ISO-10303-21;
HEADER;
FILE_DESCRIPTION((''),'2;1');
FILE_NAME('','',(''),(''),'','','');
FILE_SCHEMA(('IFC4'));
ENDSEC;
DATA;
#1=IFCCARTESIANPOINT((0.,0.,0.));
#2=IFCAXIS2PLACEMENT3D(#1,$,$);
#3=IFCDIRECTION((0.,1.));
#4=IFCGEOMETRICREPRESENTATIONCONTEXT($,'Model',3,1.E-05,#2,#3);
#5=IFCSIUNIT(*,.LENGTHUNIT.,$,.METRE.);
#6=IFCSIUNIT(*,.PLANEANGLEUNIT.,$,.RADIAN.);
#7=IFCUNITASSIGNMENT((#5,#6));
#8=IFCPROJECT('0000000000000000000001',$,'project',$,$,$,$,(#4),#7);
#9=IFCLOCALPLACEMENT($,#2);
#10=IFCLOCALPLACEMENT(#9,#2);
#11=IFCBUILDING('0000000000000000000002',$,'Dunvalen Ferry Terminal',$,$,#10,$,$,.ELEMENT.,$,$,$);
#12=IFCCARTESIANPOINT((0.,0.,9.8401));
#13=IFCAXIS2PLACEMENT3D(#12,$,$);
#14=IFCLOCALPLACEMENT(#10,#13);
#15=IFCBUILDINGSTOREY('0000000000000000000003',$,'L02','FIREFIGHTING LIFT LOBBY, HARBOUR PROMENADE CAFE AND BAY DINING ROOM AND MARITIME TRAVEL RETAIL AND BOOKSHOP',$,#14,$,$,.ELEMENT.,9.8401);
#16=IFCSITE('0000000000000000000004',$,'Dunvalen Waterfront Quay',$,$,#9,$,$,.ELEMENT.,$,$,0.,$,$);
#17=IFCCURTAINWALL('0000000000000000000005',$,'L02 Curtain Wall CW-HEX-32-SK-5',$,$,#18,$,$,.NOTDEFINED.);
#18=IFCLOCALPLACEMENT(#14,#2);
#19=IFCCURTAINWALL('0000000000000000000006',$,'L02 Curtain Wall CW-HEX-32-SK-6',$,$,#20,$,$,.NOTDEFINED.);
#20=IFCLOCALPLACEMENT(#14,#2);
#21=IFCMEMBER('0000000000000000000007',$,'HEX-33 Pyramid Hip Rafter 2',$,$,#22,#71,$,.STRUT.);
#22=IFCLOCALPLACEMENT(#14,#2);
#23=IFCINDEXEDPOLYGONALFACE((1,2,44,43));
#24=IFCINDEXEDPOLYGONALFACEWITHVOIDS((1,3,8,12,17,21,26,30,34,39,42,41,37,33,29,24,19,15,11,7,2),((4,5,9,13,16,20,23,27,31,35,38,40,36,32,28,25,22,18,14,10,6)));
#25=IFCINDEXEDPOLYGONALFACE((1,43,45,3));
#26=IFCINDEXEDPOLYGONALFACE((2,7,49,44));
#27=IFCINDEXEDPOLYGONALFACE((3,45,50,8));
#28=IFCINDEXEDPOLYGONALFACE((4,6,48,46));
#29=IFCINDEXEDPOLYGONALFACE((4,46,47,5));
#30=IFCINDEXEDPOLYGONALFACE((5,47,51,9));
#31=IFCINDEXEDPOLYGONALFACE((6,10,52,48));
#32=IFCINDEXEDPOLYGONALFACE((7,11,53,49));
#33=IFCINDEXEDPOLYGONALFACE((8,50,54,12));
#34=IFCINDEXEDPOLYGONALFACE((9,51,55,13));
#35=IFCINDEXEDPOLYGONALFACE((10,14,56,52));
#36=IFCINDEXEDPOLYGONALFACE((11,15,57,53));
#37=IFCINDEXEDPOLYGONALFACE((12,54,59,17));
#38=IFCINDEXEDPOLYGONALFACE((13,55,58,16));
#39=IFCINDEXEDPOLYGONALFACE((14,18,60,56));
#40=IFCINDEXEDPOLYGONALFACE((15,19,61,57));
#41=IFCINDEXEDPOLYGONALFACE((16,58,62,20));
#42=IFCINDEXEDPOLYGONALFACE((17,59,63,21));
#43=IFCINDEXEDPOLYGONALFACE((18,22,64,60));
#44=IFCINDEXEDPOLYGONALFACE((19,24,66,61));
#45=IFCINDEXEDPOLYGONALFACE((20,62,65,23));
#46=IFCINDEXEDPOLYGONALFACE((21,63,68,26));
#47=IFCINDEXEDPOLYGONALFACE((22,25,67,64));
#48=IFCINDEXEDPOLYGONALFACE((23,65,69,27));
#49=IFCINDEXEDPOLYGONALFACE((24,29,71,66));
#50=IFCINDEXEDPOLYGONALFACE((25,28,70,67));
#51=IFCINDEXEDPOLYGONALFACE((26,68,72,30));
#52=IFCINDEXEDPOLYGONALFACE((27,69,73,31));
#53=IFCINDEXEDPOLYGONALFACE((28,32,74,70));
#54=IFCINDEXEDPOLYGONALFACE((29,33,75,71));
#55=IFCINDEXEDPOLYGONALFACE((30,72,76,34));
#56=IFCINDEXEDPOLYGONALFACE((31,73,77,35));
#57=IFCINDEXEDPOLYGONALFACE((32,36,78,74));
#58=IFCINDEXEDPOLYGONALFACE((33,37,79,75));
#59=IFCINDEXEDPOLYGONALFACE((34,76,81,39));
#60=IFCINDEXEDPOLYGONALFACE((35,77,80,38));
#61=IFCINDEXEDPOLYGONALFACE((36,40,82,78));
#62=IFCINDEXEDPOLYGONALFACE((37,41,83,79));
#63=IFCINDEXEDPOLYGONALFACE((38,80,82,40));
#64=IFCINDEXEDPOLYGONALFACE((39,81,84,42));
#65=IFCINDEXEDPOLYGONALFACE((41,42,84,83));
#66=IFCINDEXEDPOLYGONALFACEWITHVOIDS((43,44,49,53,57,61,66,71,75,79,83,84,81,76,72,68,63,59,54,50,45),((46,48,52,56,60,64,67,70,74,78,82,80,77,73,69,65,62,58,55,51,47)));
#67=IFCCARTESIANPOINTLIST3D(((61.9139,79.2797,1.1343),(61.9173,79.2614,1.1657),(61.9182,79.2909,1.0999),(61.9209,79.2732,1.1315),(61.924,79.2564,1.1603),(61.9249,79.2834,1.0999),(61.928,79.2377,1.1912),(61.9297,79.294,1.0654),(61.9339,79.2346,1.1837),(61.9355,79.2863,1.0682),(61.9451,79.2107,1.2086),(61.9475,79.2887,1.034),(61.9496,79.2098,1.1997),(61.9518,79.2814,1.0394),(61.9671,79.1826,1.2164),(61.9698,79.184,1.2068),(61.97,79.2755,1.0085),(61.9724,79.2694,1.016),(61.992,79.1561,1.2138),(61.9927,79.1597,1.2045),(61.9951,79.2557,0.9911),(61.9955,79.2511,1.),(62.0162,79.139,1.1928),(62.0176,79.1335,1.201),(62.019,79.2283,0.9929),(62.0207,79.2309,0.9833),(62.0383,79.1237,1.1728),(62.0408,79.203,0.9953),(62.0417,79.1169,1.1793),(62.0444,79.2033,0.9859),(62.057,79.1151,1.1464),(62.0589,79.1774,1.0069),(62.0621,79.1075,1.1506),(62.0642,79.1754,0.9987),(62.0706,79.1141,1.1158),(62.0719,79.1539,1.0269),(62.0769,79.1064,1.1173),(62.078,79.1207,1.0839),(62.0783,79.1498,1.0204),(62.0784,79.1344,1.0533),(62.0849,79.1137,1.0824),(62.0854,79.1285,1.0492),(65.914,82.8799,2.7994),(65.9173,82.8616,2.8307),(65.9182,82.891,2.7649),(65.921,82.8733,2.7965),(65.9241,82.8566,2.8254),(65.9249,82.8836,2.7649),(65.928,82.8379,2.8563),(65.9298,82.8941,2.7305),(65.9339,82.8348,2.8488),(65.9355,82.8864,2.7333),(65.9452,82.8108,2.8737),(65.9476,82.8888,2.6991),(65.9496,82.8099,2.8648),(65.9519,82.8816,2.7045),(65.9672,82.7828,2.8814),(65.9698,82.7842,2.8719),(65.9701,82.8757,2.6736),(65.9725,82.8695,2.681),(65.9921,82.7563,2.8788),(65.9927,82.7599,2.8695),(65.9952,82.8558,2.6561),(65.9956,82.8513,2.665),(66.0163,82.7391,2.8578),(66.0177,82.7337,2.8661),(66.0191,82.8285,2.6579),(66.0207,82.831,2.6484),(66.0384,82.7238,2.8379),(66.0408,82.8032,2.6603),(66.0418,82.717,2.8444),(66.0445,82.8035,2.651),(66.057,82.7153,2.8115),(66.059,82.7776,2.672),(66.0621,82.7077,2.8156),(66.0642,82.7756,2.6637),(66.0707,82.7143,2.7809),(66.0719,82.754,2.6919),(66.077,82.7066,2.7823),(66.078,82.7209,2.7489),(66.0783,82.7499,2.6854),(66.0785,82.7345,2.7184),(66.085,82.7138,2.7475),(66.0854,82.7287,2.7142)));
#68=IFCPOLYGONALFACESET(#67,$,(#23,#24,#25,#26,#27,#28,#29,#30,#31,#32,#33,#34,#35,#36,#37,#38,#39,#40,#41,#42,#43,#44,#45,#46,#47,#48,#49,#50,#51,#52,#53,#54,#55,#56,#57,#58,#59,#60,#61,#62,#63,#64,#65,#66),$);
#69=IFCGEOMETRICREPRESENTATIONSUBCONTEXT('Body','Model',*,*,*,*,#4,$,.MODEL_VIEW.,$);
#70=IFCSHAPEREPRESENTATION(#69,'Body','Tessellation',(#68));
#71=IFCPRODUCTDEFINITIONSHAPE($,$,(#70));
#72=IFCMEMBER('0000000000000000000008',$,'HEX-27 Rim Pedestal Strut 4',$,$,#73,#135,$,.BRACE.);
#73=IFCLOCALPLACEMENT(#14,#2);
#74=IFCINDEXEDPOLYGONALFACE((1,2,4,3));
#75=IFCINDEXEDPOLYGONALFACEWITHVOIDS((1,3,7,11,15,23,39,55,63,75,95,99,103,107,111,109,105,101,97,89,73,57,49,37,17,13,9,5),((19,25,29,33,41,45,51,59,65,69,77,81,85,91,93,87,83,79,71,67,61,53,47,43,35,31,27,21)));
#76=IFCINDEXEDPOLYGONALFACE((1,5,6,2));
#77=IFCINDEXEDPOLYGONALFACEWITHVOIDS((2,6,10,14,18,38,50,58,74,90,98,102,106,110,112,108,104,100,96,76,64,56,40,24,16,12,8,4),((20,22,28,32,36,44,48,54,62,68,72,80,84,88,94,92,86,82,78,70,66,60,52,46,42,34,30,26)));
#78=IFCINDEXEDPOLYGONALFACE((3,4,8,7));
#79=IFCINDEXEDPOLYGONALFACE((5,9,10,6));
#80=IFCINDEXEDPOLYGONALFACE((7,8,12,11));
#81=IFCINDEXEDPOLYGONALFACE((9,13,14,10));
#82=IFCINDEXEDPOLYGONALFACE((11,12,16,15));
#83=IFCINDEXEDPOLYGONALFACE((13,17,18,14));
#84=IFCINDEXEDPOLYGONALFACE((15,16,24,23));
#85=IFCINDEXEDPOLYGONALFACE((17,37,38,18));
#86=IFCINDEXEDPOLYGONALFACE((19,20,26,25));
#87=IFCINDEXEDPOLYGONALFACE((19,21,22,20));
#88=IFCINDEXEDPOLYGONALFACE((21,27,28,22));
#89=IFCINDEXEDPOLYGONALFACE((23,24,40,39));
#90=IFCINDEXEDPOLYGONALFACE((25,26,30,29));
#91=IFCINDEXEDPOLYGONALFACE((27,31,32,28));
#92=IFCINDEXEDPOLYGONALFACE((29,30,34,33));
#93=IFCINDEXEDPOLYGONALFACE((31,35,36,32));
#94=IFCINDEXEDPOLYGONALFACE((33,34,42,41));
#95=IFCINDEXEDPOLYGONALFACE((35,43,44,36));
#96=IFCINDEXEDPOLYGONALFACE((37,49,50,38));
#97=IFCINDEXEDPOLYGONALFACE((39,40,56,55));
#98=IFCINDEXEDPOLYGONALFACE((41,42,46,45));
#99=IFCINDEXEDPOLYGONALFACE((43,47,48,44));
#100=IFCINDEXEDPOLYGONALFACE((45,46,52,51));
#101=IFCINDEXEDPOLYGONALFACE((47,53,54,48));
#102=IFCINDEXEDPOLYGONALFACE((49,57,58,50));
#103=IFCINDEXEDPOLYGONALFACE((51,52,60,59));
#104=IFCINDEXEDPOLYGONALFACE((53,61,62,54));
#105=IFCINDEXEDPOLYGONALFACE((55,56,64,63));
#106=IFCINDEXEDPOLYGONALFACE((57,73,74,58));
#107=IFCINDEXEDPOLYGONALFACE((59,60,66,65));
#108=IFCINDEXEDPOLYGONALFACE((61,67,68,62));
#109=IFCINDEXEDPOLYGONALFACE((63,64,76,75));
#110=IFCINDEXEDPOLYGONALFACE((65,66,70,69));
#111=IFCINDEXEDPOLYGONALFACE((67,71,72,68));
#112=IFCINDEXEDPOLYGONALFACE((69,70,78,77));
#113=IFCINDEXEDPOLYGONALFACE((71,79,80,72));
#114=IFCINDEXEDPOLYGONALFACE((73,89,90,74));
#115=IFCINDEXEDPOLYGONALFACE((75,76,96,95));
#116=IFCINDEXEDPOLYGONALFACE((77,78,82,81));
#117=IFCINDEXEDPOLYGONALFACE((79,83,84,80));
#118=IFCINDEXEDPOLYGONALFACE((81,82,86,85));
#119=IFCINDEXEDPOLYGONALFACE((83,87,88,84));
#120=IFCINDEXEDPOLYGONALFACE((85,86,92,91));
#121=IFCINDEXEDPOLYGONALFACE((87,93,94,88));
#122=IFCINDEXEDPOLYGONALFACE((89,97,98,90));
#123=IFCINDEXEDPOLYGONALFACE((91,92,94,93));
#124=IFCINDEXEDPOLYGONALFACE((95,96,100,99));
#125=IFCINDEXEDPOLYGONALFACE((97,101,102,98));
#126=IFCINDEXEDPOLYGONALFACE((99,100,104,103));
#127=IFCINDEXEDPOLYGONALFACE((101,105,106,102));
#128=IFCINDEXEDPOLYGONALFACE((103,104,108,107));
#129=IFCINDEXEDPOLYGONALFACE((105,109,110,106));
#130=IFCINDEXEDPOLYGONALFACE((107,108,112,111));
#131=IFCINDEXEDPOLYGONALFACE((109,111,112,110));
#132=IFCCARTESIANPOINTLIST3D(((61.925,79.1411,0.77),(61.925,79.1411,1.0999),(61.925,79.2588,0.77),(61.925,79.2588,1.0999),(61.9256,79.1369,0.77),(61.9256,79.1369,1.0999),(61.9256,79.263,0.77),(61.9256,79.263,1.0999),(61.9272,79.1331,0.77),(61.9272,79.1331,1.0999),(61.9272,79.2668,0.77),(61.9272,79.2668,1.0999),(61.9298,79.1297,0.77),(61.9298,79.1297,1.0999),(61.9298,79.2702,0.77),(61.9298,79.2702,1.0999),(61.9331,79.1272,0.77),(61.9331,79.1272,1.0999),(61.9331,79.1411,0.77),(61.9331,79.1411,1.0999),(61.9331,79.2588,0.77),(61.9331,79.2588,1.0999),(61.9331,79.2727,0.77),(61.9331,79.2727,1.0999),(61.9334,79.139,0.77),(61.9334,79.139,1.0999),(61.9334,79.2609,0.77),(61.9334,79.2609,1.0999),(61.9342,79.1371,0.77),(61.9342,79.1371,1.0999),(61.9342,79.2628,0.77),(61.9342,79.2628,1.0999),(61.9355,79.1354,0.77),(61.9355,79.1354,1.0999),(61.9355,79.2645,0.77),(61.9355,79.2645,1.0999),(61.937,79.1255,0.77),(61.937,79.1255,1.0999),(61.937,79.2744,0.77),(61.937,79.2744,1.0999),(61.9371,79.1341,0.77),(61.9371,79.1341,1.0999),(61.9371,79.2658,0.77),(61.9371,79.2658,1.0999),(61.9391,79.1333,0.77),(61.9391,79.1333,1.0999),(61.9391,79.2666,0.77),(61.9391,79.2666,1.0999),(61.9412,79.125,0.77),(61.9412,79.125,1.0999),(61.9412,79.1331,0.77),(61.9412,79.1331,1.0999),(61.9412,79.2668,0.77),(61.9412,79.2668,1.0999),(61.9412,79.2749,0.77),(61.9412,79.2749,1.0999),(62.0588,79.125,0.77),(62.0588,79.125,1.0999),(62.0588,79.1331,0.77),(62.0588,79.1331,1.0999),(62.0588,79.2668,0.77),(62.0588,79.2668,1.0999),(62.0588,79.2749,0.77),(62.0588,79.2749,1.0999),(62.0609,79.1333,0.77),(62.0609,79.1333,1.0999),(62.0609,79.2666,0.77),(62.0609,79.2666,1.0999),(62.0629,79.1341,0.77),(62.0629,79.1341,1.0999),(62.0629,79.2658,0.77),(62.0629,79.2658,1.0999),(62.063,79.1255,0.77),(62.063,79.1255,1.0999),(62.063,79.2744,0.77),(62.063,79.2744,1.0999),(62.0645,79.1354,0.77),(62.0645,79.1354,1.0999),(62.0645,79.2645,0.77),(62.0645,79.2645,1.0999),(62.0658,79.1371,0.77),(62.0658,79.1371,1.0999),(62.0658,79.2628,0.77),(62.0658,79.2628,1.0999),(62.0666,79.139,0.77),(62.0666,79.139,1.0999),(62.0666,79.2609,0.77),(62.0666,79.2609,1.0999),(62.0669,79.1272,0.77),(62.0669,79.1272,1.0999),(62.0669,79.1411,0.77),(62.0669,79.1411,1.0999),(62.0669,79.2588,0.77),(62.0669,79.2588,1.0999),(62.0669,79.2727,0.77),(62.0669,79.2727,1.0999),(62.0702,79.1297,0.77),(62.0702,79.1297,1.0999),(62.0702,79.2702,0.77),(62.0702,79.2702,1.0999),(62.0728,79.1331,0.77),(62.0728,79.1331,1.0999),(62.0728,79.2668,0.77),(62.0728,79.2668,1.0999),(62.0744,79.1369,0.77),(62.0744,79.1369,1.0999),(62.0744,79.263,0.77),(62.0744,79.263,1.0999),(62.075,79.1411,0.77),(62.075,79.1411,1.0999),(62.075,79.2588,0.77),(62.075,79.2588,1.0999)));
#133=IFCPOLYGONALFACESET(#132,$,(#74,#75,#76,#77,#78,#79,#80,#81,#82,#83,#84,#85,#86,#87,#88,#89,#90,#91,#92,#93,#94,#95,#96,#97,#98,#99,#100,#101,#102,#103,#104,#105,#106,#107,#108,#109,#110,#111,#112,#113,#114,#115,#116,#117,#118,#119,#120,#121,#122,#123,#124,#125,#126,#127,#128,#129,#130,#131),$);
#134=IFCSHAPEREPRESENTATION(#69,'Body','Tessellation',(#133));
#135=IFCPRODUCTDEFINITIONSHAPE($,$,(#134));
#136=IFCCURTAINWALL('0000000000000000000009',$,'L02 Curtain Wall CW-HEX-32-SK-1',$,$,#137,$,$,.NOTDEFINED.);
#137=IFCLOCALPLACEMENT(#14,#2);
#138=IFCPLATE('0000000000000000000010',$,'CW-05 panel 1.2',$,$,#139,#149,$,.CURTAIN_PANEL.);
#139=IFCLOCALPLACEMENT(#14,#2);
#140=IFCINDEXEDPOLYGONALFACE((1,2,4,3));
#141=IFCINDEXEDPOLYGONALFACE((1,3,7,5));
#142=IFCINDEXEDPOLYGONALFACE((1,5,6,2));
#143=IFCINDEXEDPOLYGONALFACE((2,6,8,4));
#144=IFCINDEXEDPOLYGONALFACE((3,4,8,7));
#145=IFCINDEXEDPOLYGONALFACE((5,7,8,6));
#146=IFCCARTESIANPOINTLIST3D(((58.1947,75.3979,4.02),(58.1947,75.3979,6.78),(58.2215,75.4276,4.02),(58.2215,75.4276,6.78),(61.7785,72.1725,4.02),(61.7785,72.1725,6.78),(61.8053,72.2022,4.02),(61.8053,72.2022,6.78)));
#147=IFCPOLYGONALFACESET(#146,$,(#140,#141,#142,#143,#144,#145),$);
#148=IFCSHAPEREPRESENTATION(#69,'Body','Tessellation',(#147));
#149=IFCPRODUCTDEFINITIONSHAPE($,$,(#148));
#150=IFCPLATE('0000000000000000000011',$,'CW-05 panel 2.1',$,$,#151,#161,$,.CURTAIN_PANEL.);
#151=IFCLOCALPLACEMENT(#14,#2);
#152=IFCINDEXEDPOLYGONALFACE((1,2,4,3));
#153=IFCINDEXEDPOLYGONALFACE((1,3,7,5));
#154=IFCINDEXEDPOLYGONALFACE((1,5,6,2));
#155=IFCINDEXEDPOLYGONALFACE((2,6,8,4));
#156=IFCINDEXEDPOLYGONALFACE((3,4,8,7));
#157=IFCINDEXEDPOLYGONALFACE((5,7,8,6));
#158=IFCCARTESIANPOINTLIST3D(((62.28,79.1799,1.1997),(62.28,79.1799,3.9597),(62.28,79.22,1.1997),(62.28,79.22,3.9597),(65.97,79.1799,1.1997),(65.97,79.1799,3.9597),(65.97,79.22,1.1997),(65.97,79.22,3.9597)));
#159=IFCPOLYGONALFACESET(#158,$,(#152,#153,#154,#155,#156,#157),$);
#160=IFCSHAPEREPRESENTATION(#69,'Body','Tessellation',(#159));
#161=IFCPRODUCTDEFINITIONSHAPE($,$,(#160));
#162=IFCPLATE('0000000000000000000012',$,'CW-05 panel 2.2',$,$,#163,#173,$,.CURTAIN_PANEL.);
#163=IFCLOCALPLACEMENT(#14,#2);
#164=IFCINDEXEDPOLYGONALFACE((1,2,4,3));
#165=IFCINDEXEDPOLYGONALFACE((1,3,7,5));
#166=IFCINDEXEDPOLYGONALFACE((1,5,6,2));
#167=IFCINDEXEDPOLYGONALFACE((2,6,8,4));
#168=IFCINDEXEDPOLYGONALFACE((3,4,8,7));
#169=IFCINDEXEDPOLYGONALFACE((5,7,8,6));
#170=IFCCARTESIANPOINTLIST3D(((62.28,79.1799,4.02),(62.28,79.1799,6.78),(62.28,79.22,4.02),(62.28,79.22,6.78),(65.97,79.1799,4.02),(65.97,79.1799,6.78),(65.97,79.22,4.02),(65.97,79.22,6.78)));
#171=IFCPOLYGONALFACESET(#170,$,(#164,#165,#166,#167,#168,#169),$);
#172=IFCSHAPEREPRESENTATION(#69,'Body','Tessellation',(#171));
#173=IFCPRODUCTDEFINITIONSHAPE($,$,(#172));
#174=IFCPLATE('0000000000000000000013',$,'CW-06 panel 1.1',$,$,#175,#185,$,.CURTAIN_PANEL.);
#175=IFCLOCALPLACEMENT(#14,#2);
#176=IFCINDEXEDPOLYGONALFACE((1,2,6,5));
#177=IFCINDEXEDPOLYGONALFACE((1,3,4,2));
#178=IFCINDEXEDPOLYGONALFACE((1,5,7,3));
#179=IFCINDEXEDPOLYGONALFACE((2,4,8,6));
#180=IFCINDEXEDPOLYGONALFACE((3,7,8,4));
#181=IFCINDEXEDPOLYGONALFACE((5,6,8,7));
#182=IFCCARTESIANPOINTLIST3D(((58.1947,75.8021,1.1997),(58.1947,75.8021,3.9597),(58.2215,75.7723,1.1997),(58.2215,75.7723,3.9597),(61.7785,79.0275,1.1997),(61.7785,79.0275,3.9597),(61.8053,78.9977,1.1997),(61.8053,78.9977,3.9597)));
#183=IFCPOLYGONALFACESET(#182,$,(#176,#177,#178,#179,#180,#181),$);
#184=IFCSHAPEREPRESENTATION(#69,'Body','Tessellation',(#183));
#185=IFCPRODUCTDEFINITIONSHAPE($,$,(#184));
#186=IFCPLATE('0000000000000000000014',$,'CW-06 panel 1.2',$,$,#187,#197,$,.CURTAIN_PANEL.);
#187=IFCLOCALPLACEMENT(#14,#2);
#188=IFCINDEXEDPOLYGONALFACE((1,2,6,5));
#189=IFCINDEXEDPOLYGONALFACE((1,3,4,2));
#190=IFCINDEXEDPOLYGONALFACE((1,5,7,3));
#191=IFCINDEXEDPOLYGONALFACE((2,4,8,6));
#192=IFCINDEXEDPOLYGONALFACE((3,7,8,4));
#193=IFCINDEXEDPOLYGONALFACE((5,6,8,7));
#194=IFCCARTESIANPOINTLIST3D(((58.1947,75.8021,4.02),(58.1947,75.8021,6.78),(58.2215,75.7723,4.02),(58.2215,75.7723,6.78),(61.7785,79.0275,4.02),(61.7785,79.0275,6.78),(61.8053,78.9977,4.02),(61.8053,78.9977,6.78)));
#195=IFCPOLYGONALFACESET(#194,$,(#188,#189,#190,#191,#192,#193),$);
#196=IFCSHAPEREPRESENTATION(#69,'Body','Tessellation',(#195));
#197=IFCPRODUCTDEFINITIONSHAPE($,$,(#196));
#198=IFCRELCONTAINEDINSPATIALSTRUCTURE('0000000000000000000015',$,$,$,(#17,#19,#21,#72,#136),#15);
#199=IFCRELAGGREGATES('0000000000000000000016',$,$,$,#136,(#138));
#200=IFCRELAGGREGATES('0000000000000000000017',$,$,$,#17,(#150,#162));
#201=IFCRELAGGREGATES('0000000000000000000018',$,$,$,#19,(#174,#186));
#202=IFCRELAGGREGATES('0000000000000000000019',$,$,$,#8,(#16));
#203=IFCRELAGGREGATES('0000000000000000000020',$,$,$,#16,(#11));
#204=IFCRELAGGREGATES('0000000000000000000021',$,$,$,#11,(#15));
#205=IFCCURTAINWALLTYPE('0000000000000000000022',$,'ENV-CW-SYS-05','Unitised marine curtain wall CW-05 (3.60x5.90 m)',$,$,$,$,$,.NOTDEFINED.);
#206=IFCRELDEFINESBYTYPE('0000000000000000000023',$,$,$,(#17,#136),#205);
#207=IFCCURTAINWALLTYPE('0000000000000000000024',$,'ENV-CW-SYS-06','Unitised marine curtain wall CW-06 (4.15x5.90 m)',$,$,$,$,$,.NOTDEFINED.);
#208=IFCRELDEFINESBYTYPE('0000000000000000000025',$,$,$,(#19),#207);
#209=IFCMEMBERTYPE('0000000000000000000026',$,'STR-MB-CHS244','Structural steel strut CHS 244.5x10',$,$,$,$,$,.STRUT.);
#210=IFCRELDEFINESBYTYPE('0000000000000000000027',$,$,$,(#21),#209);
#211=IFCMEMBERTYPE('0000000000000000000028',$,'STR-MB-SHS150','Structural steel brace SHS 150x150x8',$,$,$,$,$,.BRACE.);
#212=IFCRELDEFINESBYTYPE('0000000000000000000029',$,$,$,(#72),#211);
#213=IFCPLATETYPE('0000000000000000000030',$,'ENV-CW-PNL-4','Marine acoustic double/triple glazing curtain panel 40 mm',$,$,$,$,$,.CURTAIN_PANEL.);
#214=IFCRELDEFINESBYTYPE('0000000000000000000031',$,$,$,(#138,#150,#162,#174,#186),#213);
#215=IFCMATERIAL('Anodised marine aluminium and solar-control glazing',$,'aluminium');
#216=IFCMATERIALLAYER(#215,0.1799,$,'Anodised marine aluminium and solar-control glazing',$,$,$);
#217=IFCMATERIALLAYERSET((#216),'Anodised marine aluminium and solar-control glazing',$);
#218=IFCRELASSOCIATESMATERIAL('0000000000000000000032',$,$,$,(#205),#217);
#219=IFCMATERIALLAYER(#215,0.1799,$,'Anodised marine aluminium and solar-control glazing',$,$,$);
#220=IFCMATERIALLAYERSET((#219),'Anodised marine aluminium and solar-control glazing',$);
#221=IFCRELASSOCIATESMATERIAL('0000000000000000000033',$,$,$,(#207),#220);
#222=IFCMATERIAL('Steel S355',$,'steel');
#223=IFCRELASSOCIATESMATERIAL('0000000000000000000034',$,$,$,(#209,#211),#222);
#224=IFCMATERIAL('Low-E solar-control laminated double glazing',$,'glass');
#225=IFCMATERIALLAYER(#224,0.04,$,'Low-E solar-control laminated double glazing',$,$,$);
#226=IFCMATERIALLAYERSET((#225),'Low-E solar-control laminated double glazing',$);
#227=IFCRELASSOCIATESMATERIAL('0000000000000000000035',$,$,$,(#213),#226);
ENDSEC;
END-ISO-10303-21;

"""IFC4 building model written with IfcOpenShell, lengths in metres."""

from ifc_helpers import new_model, si_unit, direction, frame, origin, origin_2d, place, context, subcontext, project, spatial, rectangle, hollow_rectangle, hollow_circle, extrude, material, layer, layer_set, material_profile, profile_set, type_object, element, aggregate, save


model = new_model("IFC4")

# Units and contexts
model_context = context("Model", 3, precision=1e-05, world=origin(), true_north=direction((0.0, 1.0)))
body_context = subcontext(model_context, "Body", "Model", "MODEL_VIEW")
ifc_project = project(units=[si_unit("LENGTHUNIT", "METRE"), si_unit("PLANEANGLEUNIT", "RADIAN")], contexts=[model_context])

# Site, building, storey
site_placement = place(None, origin())
site = spatial("IfcSite", under=ifc_project, at=site_placement, Name="Dunvalen Waterfront Quay", CompositionType="ELEMENT", RefElevation=0.0)
building_placement = place(site_placement, origin())
building = spatial("IfcBuilding", under=site, at=building_placement, Name="Dunvalen Ferry Terminal", CompositionType="ELEMENT")
storey_placement = place(building_placement, frame((0.0, 0.0, 9.8401)))
storey = spatial("IfcBuildingStorey", under=building, at=storey_placement, Name="L02", Description="FIREFIGHTING LIFT LOBBY, HARBOUR PROMENADE CAFE AND BAY DINING ROOM AND MARITIME TRAVEL RETAIL AND BOOKSHOP", CompositionType="ELEMENT", Elevation=9.8401)

# Curtain wall
ifc_material_1 = material(Name="Anodised marine aluminium and solar-control glazing", Category="aluminium")
ifc_layer_1 = layer(ifc_material_1, 0.1799, Name="Anodised marine aluminium and solar-control glazing")
ifc_layer_set_1 = layer_set([ifc_layer_1], Name="Anodised marine aluminium and solar-control glazing")
curtain_wall_type_1 = type_object("IfcCurtainWallType", Name="ENV-CW-SYS-05", Description="Unitised marine curtain wall CW-05 (3.60x5.90 m)", PredefinedType="NOTDEFINED", material=ifc_layer_set_1)
curtain_wall_1_placement = place(storey_placement, origin())
curtain_wall_1 = element("IfcCurtainWall", 1, at=curtain_wall_1_placement, inside=storey, type_object=curtain_wall_type_1, Name="L02 Curtain Wall CW-HEX-32-SK-5", PredefinedType="NOTDEFINED")

# Curtain wall
ifc_layer_2 = layer(ifc_material_1, 0.1799, Name="Anodised marine aluminium and solar-control glazing")
ifc_layer_set_2 = layer_set([ifc_layer_2], Name="Anodised marine aluminium and solar-control glazing")
curtain_wall_type_2 = type_object("IfcCurtainWallType", Name="ENV-CW-SYS-06", Description="Unitised marine curtain wall CW-06 (4.15x5.90 m)", PredefinedType="NOTDEFINED", material=ifc_layer_set_2)
curtain_wall_2_placement = place(storey_placement, origin())
curtain_wall_2 = element("IfcCurtainWall", 2, at=curtain_wall_2_placement, inside=storey, type_object=curtain_wall_type_2, Name="L02 Curtain Wall CW-HEX-32-SK-6", PredefinedType="NOTDEFINED")

# Shared definitions
ifc_material_2 = material(Name="Steel S355", Category="steel")

# Members
ifc_material_profile_1 = material_profile(ifc_material_2, hollow_circle(Radius=0.1223, WallThickness=0.01, at=origin_2d()), Name="Steel S355")
ifc_profile_set_1 = profile_set([ifc_material_profile_1], Name="Steel S355")
member_type_1 = type_object("IfcMemberType", Name="STR-MB-CHS244", Description="Structural steel strut CHS 244.5x10", PredefinedType="STRUT", material=ifc_profile_set_1)
member_1_placement = place(storey_placement, frame((62.0, 79.2, 1.0999), z_axis=(0.710075, 0.639085, 0.295576), x_axis=(-0.668975, 0.743285, 0.0)))
element("IfcMember", 3, at=member_1_placement, inside=storey, type_object=member_type_1, Name="HEX-33 Pyramid Hip Rafter 2", PredefinedType="STRUT", context=body_context, shape_type="SweptSolid", body=[
    extrude(hollow_circle(Radius=0.1223, WallThickness=0.01, at=origin_2d()), origin(), (0.0, 0.0, 1.0), 5.6333),
])
ifc_material_profile_2 = material_profile(ifc_material_2, hollow_rectangle(XDim=0.1499, YDim=0.1499, WallThickness=0.0081, InnerFilletRadius=0.0081, OuterFilletRadius=0.0161, at=origin_2d()), Name="Steel S355")
ifc_profile_set_2 = profile_set([ifc_material_profile_2], Name="Steel S355")
member_type_2 = type_object("IfcMemberType", Name="STR-MB-SHS150", Description="Structural steel brace SHS 150x150x8", PredefinedType="BRACE", material=ifc_profile_set_2)
member_2_placement = place(storey_placement, frame((62.0, 79.2, 0.77), z_axis=(0.0, 0.0, 1.0), x_axis=(1.0, 0.0, 0.0)))
element("IfcMember", 4, at=member_2_placement, inside=storey, type_object=member_type_2, Name="HEX-27 Rim Pedestal Strut 4", PredefinedType="BRACE", context=body_context, shape_type="SweptSolid", body=[
    extrude(hollow_rectangle(XDim=0.1499, YDim=0.1499, WallThickness=0.0081, InnerFilletRadius=0.0081, OuterFilletRadius=0.0161, at=origin_2d()), origin(), (0.0, 0.0, 1.0), 0.3298),
])

# Curtain wall, plate
curtain_wall_3_placement = place(storey_placement, origin())
curtain_wall_3 = element("IfcCurtainWall", 5, at=curtain_wall_3_placement, inside=storey, type_object=curtain_wall_type_1, Name="L02 Curtain Wall CW-HEX-32-SK-1", PredefinedType="NOTDEFINED")
ifc_material_3 = material(Name="Low-E solar-control laminated double glazing", Category="glass")
ifc_layer_3 = layer(ifc_material_3, 0.04, Name="Low-E solar-control laminated double glazing")
ifc_layer_set_3 = layer_set([ifc_layer_3], Name="Low-E solar-control laminated double glazing")
plate_type_1 = type_object("IfcPlateType", Name="ENV-CW-PNL-4", Description="Marine acoustic double/triple glazing curtain panel 40 mm", PredefinedType="CURTAIN_PANEL", material=ifc_layer_set_3)
plate_1_placement = place(storey_placement, frame((60.0, 73.8, 4.02), z_axis=(0.0, 0.0, 1.0), x_axis=(0.743304, -0.668954, 0.0)))
plate_1 = element("IfcPlate", 6, at=plate_1_placement, type_object=plate_type_1, Name="CW-05 panel 1.2", PredefinedType="CURTAIN_PANEL", context=body_context, shape_type="SweptSolid", body=[
    extrude(rectangle(XDim=4.8215, YDim=0.04, at=origin_2d()), origin(), (0.0, 0.0, 1.0), 2.76),
])
aggregate(curtain_wall_3, [plate_1])

# Plates
plate_2_placement = place(storey_placement, frame((64.125, 79.2, 1.1997), z_axis=(0.0, 0.0, 1.0), x_axis=(-1.0, 0.0, 0.0)))
plate_2 = element("IfcPlate", 7, at=plate_2_placement, type_object=plate_type_1, Name="CW-05 panel 2.1", PredefinedType="CURTAIN_PANEL", context=body_context, shape_type="SweptSolid", body=[
    extrude(rectangle(XDim=3.6899, YDim=0.04, at=origin_2d()), origin(), (0.0, 0.0, 1.0), 2.76),
])
plate_3_placement = place(storey_placement, frame((64.125, 79.2, 4.02), z_axis=(0.0, 0.0, 1.0), x_axis=(-1.0, 0.0, 0.0)))
plate_3 = element("IfcPlate", 8, at=plate_3_placement, type_object=plate_type_1, Name="CW-05 panel 2.2", PredefinedType="CURTAIN_PANEL", context=body_context, shape_type="SweptSolid", body=[
    extrude(rectangle(XDim=3.6899, YDim=0.04, at=origin_2d()), origin(), (0.0, 0.0, 1.0), 2.76),
])
aggregate(curtain_wall_1, [plate_2, plate_3])
plate_4_placement = place(storey_placement, frame((60.0, 77.3999, 1.1997), z_axis=(0.0, 0.0, 1.0), x_axis=(-0.743304, -0.668954, 0.0)))
plate_4 = element("IfcPlate", 9, at=plate_4_placement, type_object=plate_type_1, Name="CW-06 panel 1.1", PredefinedType="CURTAIN_PANEL", context=body_context, shape_type="SweptSolid", body=[
    extrude(rectangle(XDim=4.8215, YDim=0.04, at=origin_2d()), origin(), (0.0, 0.0, 1.0), 2.76),
])
plate_5_placement = place(storey_placement, frame((60.0, 77.3999, 4.02), z_axis=(0.0, 0.0, 1.0), x_axis=(-0.743304, -0.668954, 0.0)))
plate_5 = element("IfcPlate", 10, at=plate_5_placement, type_object=plate_type_1, Name="CW-06 panel 1.2", PredefinedType="CURTAIN_PANEL", context=body_context, shape_type="SweptSolid", body=[
    extrude(rectangle(XDim=4.8215, YDim=0.04, at=origin_2d()), origin(), (0.0, 0.0, 1.0), 2.76),
])
aggregate(curtain_wall_2, [plate_4, plate_5])

save(model, "model.ifc")
